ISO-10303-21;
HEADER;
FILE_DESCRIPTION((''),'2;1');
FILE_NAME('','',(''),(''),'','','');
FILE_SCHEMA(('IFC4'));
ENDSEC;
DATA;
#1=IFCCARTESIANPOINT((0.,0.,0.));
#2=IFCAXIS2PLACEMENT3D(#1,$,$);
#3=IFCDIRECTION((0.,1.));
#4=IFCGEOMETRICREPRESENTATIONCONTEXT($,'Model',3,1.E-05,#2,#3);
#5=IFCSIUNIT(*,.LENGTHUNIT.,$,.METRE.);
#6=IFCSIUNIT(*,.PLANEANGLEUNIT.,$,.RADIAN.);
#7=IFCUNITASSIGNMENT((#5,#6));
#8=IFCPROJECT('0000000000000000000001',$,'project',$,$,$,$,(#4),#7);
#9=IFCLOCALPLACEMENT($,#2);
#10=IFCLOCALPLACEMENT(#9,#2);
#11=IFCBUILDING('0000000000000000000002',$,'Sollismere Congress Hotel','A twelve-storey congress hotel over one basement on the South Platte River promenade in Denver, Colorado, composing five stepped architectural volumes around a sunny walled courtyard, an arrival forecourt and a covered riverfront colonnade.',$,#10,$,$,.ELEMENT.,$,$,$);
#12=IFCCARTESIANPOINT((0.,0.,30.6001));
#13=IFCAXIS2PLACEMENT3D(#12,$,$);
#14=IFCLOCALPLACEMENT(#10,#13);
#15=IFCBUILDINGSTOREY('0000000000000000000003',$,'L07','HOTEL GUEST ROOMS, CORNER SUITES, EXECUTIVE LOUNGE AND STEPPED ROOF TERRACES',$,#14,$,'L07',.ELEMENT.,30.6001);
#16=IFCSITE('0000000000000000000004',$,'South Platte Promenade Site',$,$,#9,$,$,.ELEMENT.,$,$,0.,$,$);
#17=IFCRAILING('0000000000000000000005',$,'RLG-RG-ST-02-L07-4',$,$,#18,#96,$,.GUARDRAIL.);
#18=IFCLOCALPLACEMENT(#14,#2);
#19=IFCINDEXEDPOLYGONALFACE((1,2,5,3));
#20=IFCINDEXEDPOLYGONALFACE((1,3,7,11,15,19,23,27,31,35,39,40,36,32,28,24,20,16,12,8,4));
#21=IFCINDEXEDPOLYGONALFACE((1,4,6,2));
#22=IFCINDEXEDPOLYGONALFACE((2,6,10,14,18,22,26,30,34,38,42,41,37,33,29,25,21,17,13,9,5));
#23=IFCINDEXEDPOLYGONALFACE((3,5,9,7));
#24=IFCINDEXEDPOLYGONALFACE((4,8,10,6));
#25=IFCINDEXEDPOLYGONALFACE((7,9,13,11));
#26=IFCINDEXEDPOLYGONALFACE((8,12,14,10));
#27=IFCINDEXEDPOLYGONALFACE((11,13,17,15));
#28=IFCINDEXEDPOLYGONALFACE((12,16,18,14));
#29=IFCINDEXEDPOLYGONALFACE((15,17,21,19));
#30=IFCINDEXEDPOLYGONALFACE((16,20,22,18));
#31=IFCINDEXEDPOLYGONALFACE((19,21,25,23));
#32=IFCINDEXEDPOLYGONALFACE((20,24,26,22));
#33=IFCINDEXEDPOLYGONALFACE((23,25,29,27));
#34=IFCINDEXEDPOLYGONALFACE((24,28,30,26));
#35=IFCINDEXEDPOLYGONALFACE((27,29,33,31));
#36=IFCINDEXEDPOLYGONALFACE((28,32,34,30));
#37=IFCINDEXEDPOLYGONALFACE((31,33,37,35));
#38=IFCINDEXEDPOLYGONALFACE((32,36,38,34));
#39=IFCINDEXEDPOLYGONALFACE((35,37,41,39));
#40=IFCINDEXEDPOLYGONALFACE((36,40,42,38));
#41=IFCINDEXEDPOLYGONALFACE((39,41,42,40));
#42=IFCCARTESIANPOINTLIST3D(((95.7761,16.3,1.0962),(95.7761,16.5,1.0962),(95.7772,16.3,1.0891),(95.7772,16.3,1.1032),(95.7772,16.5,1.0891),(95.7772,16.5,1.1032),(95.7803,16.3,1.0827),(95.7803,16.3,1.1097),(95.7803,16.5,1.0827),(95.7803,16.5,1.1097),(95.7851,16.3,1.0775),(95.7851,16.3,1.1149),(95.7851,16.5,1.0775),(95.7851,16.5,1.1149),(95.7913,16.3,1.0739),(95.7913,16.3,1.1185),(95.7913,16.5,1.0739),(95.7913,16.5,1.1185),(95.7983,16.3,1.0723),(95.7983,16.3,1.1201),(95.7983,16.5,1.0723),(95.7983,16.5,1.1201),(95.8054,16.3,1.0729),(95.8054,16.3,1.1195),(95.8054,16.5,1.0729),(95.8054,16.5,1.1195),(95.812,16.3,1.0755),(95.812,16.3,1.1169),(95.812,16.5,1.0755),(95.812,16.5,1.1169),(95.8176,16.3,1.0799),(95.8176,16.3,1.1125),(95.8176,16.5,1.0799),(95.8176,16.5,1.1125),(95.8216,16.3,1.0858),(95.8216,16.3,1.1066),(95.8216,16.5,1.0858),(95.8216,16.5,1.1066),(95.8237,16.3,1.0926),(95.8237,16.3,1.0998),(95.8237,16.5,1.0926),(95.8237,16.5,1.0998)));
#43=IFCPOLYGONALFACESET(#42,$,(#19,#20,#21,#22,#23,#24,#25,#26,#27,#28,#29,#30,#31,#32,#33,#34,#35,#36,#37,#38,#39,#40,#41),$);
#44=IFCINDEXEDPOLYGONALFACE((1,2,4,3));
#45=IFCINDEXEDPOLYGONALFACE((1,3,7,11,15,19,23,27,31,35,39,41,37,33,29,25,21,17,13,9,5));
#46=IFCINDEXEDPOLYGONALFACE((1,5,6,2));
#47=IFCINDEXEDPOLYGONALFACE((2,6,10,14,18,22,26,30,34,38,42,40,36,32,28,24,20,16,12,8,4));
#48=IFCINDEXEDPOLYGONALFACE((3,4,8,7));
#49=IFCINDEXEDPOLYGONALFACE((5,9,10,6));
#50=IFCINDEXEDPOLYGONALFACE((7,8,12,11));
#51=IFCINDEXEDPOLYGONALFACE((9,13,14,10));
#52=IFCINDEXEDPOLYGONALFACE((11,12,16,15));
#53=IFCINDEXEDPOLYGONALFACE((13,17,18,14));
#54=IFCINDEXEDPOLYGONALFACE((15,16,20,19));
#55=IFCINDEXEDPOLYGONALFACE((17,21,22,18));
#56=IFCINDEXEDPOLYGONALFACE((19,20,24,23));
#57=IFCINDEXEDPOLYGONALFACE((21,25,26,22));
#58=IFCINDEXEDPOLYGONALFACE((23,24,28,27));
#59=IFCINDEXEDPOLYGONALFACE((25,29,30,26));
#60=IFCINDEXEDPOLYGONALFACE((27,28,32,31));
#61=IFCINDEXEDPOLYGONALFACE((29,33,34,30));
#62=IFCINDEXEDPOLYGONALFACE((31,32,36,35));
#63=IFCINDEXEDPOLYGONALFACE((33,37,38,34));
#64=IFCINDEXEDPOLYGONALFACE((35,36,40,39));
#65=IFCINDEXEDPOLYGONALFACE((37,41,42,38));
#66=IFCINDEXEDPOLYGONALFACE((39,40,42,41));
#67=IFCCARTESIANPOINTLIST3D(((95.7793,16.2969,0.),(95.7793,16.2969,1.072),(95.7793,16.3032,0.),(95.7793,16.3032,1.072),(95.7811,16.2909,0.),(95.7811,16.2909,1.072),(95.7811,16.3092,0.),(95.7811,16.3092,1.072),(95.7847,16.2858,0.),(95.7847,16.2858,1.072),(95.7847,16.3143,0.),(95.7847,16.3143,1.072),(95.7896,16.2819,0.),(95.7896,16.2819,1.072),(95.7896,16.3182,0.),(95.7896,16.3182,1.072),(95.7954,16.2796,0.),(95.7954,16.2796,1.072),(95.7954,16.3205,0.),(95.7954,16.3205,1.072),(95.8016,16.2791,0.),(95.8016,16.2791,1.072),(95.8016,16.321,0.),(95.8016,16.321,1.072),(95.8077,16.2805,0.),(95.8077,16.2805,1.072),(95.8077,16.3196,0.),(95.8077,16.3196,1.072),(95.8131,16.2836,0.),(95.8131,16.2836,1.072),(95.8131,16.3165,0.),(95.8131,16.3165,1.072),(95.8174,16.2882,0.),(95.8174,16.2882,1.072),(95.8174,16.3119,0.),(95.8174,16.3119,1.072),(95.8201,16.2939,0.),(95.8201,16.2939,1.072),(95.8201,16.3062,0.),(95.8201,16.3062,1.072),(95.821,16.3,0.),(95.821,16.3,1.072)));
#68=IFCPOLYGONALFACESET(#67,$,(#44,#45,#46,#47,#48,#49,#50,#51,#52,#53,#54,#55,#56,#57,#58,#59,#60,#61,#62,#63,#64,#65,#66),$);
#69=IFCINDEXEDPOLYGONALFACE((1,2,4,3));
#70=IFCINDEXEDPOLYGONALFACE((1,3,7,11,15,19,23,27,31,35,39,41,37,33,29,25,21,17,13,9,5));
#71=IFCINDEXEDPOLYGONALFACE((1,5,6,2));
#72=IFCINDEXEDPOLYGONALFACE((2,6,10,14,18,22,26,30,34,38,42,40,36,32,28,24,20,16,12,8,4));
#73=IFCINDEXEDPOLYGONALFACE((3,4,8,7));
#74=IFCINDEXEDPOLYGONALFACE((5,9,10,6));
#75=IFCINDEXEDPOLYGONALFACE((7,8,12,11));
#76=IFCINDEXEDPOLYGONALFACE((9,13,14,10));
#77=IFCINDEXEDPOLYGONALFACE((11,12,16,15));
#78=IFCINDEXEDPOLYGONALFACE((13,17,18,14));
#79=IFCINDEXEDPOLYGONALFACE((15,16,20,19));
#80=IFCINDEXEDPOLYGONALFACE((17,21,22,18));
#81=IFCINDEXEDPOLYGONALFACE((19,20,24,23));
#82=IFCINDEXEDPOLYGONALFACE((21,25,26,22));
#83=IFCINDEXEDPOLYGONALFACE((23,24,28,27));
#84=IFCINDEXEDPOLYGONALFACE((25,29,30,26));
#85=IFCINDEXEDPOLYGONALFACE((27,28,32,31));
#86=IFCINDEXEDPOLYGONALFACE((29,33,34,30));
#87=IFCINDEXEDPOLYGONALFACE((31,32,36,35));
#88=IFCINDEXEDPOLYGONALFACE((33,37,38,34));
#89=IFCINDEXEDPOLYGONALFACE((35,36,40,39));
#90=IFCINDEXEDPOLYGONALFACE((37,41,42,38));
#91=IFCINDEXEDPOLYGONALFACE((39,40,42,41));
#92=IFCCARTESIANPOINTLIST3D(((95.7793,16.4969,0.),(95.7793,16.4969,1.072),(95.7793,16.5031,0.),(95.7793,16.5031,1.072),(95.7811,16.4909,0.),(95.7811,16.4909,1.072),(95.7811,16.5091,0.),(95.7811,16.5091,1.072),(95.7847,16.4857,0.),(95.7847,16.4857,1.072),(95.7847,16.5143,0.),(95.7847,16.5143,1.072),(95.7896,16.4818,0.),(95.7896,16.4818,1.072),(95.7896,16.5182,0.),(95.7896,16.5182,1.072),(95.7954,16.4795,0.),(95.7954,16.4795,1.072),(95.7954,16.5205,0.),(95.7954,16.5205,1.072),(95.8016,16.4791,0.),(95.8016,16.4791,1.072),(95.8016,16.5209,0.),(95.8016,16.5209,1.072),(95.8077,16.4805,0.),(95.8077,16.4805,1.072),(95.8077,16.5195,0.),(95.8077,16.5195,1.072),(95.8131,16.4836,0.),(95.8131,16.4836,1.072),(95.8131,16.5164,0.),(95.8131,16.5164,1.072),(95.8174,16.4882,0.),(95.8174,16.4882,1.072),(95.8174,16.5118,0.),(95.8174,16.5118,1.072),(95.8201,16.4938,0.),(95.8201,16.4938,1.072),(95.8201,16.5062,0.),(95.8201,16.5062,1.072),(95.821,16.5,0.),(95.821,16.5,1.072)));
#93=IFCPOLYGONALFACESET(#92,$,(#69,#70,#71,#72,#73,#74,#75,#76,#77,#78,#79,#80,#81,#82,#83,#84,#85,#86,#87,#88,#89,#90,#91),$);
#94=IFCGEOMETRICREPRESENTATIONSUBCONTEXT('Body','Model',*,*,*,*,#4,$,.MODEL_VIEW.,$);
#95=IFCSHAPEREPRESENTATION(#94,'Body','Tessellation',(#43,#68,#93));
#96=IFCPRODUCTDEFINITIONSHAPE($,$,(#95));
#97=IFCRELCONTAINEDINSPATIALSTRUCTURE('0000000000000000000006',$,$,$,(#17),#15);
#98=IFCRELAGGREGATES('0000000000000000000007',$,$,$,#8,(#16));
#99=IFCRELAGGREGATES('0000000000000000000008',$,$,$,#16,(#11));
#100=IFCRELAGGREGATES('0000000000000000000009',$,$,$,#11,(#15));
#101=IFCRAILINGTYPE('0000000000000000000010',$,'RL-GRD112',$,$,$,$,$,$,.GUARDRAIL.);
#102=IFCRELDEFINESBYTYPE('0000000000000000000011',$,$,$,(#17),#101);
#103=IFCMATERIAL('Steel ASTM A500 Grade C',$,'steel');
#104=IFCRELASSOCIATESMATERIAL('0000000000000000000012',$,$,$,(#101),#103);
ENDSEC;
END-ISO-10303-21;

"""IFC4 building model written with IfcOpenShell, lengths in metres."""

from ifc_helpers import new_model, si_unit, direction, frame, origin, origin_2d, place, context, subcontext, project, spatial, circle, extrude, material, type_object, element, save


model = new_model("IFC4")

# Units and contexts
model_context = context("Model", 3, precision=1e-05, world=origin(), true_north=direction((0.0, 1.0)))
body_context = subcontext(model_context, "Body", "Model", "MODEL_VIEW")
ifc_project = project(units=[si_unit("LENGTHUNIT", "METRE"), si_unit("PLANEANGLEUNIT", "RADIAN")], contexts=[model_context])

# Site, building, storey
site_placement = place(None, origin())
site = spatial("IfcSite", under=ifc_project, at=site_placement, Name="South Platte Promenade Site", CompositionType="ELEMENT", RefElevation=0.0)
building_placement = place(site_placement, origin())
building = spatial("IfcBuilding", under=site, at=building_placement, Name="Sollismere Congress Hotel", Description="A twelve-storey congress hotel over one basement on the South Platte River promenade in Denver, Colorado, composing five stepped architectural volumes around a sunny walled courtyard, an arrival forecourt and a covered riverfront colonnade.", CompositionType="ELEMENT")
storey_placement = place(building_placement, frame((0.0, 0.0, 30.6001)))
storey = spatial("IfcBuildingStorey", under=building, at=storey_placement, Name="L07", Description="HOTEL GUEST ROOMS, CORNER SUITES, EXECUTIVE LOUNGE AND STEPPED ROOF TERRACES", LongName="L07", CompositionType="ELEMENT", Elevation=30.6001)

# Shared definitions
ifc_material_1 = material(Name="Steel ASTM A500 Grade C", Category="steel")

# Railing
railing_type_1 = type_object("IfcRailingType", Name="RL-GRD112", PredefinedType="GUARDRAIL", material=ifc_material_1)
railing_1_placement = place(storey_placement, frame((95.8, 16.3, 0.0)))
element("IfcRailing", 1, at=railing_1_placement, inside=storey, type_object=railing_type_1, Name="RLG-RG-ST-02-L07-4", PredefinedType="GUARDRAIL", context=body_context, shape_type="SweptSolid", body=[
    extrude(circle(Radius=0.0239, at=origin_2d()), frame((0.0, 0.0, 1.0962), z_axis=(0.0, 1.0, 0.0), x_axis=(-1.0, 0.0, 0.0)), (0.0, 0.0, 1.0), 0.2),
    extrude(circle(Radius=0.021, at=origin_2d()), origin(), (0.0, 0.0, 1.0), 1.072),
    extrude(circle(Radius=0.021, at=origin_2d()), frame((0.0, 0.2, 0.0)), (0.0, 0.0, 1.0), 1.072),
])

save(model, "model.ifc")
